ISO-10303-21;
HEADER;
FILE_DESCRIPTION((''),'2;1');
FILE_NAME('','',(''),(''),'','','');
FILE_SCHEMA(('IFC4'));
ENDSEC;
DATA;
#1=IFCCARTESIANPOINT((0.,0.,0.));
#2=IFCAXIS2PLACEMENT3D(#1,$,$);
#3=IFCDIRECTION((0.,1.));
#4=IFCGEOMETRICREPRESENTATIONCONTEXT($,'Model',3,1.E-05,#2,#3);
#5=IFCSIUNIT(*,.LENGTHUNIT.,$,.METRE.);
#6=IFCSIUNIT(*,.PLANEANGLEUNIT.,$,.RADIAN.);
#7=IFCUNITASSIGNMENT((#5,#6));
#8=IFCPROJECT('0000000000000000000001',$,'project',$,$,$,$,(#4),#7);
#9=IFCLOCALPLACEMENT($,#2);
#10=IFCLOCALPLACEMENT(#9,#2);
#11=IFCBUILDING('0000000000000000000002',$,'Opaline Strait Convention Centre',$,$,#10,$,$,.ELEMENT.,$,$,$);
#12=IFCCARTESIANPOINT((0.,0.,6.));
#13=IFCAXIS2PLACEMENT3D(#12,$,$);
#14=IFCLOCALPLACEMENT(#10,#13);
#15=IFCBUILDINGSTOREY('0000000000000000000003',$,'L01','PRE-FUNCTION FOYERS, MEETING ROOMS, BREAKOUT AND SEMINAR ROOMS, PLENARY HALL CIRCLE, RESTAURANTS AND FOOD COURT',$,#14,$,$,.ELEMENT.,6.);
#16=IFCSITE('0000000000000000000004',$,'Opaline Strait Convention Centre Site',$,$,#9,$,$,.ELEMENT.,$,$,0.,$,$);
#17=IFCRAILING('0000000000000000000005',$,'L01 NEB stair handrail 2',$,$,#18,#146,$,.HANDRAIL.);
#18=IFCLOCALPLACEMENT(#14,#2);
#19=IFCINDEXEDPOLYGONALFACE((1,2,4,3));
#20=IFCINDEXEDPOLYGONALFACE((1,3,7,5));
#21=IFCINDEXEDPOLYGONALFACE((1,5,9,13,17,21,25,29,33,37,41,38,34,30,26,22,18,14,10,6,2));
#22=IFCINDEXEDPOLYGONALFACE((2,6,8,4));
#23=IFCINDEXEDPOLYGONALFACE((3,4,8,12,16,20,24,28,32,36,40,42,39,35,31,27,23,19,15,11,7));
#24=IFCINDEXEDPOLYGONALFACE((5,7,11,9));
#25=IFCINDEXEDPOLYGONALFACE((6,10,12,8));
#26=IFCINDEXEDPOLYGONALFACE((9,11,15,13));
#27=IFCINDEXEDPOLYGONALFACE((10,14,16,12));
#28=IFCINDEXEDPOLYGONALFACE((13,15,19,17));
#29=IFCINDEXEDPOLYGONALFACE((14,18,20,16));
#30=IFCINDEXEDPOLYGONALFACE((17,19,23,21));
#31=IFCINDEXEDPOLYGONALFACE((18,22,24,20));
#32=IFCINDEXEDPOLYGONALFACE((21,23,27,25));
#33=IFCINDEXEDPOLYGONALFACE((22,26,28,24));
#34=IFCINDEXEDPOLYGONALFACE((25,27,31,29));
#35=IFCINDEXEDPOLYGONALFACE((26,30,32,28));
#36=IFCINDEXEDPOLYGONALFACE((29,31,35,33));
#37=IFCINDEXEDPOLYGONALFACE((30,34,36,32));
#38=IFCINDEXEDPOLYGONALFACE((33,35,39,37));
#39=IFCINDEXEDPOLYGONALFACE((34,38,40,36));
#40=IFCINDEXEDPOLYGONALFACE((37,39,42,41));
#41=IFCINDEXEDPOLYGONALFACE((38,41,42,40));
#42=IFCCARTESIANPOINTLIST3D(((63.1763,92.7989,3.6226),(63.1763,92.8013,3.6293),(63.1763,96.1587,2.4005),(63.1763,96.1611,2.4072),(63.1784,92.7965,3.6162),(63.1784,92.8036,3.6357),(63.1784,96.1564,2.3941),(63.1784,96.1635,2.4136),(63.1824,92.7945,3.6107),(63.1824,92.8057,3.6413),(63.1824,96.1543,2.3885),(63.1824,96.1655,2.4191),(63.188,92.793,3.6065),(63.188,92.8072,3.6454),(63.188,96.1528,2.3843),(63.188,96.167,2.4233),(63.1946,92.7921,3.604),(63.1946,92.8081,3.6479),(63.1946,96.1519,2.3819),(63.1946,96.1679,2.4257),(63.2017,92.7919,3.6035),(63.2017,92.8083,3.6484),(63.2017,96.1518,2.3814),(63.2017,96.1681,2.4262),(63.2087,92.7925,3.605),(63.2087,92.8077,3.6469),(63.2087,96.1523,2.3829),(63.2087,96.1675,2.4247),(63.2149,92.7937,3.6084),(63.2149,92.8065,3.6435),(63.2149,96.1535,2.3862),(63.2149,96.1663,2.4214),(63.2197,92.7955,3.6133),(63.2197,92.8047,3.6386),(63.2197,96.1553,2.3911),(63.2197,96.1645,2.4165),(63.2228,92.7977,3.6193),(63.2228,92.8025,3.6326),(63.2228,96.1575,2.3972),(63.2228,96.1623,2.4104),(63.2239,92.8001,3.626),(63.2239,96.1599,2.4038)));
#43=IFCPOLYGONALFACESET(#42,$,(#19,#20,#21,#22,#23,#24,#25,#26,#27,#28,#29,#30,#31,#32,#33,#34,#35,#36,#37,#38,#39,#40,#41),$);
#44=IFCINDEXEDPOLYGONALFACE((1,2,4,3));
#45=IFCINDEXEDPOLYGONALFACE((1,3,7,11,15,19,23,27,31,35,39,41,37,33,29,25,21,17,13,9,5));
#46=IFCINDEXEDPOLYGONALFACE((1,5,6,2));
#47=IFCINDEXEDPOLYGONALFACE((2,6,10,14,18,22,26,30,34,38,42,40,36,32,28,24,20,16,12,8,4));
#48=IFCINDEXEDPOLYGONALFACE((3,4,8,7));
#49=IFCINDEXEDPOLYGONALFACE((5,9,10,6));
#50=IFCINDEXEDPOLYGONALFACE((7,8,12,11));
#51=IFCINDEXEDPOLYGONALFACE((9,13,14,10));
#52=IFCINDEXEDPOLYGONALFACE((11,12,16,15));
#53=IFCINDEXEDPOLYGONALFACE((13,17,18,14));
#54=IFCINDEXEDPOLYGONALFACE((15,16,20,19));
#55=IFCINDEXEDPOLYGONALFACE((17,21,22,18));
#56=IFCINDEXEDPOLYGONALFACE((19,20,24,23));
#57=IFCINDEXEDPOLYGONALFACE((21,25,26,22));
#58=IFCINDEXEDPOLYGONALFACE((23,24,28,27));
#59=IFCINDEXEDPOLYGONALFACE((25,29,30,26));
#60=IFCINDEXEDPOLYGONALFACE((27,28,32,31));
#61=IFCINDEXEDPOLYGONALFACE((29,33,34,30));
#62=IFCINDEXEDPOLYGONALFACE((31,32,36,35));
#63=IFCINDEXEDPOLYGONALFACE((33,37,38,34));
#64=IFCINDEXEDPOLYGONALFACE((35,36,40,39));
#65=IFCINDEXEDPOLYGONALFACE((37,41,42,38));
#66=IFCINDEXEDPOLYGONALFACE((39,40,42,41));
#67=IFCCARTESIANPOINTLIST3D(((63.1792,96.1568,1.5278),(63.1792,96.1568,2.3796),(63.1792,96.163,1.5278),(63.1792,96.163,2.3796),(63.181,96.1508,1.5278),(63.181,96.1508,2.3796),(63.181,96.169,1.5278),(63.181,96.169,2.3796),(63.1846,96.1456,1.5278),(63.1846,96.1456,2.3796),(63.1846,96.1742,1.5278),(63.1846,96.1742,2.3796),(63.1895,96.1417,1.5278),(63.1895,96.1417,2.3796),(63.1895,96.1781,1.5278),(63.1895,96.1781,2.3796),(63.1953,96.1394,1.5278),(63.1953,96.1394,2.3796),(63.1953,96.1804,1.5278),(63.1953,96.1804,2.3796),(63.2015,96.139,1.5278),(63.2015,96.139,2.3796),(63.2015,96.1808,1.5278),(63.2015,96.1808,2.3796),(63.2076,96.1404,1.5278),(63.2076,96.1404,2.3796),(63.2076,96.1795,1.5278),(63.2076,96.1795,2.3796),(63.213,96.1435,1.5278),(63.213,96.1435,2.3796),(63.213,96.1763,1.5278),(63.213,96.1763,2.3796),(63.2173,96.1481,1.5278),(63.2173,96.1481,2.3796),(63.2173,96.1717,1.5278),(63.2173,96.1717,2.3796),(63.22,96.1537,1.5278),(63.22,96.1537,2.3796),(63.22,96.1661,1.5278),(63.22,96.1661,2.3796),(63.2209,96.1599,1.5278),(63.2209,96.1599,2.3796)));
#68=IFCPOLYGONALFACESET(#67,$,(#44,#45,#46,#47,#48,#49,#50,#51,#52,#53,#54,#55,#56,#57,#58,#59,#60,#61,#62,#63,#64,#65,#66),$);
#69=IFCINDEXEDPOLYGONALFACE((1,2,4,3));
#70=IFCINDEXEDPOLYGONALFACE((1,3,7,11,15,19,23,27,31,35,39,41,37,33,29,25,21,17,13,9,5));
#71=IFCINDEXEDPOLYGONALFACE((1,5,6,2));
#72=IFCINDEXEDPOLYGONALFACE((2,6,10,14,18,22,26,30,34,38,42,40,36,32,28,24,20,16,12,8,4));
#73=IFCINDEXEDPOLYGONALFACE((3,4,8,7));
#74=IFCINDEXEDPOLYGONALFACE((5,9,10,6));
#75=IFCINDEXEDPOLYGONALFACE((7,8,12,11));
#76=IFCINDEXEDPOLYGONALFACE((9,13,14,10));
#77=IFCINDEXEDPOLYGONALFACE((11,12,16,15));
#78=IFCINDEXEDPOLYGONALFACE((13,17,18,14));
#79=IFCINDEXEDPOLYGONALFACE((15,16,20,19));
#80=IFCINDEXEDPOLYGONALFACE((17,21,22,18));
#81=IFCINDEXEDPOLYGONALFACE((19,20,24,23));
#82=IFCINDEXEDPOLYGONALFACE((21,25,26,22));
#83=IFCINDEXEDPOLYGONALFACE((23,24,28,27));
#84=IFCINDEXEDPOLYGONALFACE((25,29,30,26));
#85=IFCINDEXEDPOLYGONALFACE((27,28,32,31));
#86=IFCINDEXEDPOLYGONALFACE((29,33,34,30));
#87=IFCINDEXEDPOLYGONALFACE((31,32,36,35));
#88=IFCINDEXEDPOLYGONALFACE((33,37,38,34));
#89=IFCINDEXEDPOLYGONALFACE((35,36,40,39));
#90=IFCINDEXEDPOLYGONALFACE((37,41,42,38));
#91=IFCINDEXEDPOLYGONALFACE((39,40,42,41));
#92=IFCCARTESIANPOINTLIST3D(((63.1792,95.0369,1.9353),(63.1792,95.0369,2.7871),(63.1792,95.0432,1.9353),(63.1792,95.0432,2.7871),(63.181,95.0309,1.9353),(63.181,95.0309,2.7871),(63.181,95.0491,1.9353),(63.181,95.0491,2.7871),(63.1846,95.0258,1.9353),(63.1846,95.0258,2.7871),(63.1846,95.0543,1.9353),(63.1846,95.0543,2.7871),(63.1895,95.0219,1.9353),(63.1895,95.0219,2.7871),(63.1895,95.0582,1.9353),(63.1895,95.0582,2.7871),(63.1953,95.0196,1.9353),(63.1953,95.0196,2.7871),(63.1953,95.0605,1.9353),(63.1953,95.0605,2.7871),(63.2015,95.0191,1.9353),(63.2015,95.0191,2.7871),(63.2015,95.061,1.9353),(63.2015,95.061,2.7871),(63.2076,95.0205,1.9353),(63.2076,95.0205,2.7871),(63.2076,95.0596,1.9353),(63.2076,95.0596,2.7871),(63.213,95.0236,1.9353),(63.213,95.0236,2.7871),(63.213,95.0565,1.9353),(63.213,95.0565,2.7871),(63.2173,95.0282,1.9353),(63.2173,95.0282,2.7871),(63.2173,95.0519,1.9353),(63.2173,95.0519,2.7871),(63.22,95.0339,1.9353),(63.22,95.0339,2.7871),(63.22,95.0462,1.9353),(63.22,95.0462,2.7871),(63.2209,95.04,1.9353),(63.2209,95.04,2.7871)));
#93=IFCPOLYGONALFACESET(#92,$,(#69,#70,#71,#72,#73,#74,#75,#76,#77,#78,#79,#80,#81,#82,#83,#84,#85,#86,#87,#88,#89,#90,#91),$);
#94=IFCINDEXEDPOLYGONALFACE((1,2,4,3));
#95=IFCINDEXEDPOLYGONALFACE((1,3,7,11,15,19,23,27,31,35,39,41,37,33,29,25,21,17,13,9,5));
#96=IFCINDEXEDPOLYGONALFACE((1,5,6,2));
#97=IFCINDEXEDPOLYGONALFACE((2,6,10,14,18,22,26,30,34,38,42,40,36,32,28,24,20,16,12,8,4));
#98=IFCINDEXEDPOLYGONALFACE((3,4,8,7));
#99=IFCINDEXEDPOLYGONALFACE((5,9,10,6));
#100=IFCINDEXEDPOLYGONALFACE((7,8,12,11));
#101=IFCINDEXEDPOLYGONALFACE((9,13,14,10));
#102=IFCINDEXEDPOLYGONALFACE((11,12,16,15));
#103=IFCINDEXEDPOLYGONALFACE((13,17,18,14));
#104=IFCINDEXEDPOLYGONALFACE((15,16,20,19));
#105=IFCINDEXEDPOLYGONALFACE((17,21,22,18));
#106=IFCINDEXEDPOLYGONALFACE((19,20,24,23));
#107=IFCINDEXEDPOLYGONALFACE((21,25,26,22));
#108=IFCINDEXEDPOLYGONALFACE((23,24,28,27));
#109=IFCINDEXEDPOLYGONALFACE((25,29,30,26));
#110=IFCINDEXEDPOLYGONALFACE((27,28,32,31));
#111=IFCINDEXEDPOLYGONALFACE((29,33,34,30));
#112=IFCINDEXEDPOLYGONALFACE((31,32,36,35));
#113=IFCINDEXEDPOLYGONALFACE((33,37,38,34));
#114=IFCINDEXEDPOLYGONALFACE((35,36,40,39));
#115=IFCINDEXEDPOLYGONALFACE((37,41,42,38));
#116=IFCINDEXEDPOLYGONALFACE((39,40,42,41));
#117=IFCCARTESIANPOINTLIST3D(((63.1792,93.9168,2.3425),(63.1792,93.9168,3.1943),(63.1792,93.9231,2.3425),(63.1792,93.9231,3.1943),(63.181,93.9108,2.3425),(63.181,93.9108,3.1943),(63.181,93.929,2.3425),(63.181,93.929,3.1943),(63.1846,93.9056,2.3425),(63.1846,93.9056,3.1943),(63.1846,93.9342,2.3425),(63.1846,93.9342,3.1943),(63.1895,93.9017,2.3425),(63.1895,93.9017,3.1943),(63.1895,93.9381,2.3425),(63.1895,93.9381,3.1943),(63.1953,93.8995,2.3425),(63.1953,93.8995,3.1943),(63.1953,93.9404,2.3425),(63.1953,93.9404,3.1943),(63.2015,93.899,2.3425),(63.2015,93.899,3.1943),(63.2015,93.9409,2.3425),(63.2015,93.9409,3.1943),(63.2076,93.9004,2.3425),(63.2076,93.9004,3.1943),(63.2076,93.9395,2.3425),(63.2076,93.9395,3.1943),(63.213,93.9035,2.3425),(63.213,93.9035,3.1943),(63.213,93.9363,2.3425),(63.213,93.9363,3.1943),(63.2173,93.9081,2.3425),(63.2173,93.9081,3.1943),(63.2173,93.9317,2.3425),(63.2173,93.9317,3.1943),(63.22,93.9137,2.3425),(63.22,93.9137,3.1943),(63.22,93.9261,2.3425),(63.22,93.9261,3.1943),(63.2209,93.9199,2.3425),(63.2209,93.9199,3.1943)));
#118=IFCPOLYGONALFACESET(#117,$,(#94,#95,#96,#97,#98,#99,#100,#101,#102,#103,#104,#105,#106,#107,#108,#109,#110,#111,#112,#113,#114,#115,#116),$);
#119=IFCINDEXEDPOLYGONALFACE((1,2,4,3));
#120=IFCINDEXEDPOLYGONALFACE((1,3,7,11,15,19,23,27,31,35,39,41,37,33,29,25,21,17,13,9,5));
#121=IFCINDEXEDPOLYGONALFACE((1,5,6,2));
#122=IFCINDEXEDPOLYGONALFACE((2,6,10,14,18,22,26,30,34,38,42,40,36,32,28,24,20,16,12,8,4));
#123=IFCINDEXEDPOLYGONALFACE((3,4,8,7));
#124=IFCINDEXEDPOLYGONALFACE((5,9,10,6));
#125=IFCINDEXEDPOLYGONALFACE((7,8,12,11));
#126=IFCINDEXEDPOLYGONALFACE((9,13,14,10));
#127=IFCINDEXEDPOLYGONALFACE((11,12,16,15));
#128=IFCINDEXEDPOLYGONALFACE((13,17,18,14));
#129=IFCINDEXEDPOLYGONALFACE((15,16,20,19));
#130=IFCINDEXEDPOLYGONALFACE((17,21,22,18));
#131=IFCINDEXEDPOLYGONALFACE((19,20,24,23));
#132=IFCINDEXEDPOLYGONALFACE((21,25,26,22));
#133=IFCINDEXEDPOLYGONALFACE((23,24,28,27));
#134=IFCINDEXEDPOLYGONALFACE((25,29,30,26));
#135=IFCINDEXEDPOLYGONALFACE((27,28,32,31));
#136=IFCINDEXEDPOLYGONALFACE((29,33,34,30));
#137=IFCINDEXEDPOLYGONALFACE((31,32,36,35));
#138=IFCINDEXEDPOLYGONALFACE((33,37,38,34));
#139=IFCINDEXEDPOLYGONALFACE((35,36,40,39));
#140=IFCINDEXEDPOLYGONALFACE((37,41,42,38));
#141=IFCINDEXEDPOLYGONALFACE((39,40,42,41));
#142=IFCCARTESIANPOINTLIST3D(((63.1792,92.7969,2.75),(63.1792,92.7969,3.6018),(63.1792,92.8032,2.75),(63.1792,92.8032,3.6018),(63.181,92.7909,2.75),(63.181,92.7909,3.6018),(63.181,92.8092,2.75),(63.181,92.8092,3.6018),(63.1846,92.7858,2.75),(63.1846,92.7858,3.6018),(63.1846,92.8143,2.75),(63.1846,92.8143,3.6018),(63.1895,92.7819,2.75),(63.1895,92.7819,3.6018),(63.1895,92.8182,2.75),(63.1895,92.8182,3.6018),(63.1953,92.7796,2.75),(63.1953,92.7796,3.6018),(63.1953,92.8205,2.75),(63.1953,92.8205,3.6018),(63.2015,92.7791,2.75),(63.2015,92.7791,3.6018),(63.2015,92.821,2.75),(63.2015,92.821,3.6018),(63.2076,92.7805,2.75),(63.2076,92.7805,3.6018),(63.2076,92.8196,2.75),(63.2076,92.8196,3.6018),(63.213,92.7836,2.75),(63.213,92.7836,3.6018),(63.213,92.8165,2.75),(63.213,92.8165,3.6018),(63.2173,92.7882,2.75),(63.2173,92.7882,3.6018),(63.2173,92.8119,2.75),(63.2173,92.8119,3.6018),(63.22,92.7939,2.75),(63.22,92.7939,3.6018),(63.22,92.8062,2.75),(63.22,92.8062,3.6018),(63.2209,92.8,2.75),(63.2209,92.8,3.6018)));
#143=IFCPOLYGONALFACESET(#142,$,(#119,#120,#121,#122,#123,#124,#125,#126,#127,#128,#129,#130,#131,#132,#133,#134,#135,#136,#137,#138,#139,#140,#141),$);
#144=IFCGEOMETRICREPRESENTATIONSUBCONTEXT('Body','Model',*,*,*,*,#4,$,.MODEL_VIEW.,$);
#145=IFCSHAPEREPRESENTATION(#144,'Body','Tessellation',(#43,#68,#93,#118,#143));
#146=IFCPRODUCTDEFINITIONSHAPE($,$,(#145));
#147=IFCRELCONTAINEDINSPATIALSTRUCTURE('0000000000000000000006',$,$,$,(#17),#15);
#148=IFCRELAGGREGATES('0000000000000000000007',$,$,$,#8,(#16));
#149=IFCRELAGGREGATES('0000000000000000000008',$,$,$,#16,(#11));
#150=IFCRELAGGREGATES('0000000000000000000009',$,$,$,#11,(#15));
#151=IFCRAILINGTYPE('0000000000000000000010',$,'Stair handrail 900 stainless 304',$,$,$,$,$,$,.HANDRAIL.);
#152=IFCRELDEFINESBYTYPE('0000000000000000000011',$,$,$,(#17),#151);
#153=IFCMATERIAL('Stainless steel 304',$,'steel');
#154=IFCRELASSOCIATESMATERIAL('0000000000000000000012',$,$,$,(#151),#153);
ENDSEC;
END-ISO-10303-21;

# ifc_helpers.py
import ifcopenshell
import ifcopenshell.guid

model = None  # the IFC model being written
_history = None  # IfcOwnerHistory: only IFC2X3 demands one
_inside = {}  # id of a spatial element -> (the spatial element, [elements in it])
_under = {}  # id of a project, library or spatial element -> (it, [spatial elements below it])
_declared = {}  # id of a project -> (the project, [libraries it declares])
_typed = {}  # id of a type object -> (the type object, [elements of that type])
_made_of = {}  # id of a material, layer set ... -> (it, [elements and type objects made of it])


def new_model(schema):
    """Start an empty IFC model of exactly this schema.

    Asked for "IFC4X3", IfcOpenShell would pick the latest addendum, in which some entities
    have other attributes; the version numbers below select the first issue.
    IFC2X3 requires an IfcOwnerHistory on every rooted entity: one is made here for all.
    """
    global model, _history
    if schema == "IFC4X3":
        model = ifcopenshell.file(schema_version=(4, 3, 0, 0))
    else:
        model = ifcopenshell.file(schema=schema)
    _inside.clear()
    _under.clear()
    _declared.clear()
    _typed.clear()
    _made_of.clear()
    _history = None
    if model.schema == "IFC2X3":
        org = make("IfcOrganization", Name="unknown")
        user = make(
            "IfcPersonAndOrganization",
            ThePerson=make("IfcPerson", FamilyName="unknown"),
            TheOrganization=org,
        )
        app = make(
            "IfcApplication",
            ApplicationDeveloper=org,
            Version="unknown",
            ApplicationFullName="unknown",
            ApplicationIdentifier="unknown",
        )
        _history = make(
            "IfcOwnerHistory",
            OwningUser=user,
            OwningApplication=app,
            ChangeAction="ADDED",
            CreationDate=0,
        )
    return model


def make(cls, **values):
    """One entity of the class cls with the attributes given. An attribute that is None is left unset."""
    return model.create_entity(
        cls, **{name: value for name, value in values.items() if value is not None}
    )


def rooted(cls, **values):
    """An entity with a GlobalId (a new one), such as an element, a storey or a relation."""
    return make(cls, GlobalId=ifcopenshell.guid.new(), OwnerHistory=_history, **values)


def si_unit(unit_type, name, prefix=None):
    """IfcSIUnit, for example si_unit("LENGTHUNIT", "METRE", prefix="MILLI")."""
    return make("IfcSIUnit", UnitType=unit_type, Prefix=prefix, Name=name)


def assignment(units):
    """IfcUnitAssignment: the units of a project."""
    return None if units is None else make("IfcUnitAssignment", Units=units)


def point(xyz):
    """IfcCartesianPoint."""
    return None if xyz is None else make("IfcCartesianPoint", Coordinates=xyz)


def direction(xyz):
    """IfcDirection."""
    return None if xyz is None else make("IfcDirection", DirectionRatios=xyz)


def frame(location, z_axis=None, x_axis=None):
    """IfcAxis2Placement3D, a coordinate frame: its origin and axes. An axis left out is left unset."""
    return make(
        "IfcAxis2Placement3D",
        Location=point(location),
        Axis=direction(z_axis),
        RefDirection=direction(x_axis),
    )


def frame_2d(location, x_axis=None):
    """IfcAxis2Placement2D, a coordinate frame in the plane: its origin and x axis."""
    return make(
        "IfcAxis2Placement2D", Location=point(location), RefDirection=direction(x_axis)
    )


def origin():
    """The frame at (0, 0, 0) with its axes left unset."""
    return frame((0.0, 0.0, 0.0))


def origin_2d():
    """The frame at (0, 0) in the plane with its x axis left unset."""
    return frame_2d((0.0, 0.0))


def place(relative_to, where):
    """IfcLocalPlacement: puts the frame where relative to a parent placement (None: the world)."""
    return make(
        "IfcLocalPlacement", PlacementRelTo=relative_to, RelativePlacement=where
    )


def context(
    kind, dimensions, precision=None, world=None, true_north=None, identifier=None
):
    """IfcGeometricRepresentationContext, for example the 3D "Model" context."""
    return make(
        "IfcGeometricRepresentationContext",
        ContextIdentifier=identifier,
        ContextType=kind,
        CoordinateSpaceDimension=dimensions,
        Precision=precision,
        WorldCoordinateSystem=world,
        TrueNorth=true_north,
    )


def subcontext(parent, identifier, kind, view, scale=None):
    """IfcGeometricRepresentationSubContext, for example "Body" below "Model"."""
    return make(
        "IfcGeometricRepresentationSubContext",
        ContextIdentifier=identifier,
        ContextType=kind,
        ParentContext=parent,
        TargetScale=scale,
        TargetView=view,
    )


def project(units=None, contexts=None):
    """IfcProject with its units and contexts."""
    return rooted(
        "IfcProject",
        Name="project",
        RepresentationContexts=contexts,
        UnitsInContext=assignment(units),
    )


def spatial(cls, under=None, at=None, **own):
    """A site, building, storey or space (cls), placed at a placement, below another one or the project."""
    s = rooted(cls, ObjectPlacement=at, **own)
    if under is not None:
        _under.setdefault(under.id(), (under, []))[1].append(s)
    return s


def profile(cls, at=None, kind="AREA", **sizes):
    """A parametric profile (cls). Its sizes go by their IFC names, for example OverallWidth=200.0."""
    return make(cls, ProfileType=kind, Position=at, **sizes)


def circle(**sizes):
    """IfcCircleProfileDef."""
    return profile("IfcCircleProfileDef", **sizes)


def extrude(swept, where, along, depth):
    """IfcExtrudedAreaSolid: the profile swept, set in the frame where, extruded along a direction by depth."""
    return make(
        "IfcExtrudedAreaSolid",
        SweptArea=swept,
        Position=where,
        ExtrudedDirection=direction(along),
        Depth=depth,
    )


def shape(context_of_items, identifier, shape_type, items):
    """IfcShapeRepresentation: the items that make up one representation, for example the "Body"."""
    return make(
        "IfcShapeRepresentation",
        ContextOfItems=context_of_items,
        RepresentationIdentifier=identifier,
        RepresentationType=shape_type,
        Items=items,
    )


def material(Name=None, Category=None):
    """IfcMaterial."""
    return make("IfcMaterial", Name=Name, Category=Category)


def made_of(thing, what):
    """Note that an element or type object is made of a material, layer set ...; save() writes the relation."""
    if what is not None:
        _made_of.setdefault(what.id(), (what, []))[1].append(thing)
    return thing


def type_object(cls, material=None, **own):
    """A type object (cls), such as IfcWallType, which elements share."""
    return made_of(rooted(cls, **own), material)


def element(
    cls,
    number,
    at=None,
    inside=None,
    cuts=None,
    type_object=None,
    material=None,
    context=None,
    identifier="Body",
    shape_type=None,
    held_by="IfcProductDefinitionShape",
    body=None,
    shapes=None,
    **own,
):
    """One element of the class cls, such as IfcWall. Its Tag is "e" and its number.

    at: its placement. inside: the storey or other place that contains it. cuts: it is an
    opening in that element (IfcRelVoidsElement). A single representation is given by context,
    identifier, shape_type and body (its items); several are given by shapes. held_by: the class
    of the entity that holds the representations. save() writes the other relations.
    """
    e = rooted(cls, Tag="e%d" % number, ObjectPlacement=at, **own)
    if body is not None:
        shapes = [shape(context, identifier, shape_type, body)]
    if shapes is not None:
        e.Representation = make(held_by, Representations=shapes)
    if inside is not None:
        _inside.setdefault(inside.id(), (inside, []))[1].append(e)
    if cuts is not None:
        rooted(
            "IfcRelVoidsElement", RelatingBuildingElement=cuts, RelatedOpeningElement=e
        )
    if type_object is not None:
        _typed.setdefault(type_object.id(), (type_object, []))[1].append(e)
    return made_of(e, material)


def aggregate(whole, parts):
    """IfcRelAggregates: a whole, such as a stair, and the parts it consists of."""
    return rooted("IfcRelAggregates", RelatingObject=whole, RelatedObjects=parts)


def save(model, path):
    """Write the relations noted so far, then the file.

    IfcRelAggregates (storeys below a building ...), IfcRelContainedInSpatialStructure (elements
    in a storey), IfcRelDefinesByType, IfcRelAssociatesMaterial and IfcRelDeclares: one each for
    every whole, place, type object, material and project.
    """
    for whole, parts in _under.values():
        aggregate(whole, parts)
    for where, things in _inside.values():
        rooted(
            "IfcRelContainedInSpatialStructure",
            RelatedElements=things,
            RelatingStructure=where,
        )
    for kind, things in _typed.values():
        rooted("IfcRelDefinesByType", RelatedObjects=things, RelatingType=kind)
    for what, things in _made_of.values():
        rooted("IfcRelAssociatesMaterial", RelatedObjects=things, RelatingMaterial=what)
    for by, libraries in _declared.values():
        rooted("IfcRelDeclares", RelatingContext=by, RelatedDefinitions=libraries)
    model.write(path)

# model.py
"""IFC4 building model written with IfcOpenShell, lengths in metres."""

from ifc_helpers import new_model, si_unit, direction, frame, origin, origin_2d, place, context, subcontext, project, spatial, circle, extrude, material, type_object, element, save


model = new_model("IFC4")

# Units and contexts
model_context = context("Model", 3, precision=1e-05, world=origin(), true_north=direction((0.0, 1.0)))
body_context = subcontext(model_context, "Body", "Model", "MODEL_VIEW")
ifc_project = project(units=[si_unit("LENGTHUNIT", "METRE"), si_unit("PLANEANGLEUNIT", "RADIAN")], contexts=[model_context])

# Site, building, storey
site_placement = place(None, origin())
site = spatial("IfcSite", under=ifc_project, at=site_placement, Name="Opaline Strait Convention Centre Site", CompositionType="ELEMENT", RefElevation=0.0)
building_placement = place(site_placement, origin())
building = spatial("IfcBuilding", under=site, at=building_placement, Name="Opaline Strait Convention Centre", CompositionType="ELEMENT")
storey_placement = place(building_placement, frame((0.0, 0.0, 6.0)))
storey = spatial("IfcBuildingStorey", under=building, at=storey_placement, Name="L01", Description="PRE-FUNCTION FOYERS, MEETING ROOMS, BREAKOUT AND SEMINAR ROOMS, PLENARY HALL CIRCLE, RESTAURANTS AND FOOD COURT", CompositionType="ELEMENT", Elevation=6.0)

# Railing
ifc_material_1 = material(Name="Stainless steel 304", Category="steel")
railing_type_1 = type_object("IfcRailingType", Name="Stair handrail 900 stainless 304", PredefinedType="HANDRAIL", material=ifc_material_1)
railing_1_placement = place(storey_placement, frame((63.2, 96.1599, 1.5278)))
element("IfcRailing", 1, at=railing_1_placement, inside=storey, type_object=railing_type_1, Name="L01 NEB stair handrail 2", PredefinedType="HANDRAIL", context=body_context, shape_type="SweptSolid", body=[
    extrude(circle(Radius=0.0239, at=origin_2d()), frame((0.0, 0.0, 0.876), z_axis=(0.0, -0.939758, 0.341842), x_axis=(1.0, 0.0, 0.0)), (0.0, 0.0, 1.0), 3.5752),
    extrude(circle(Radius=0.021, at=origin_2d()), origin(), (0.0, 0.0, 1.0), 0.8518),
    extrude(circle(Radius=0.021, at=origin_2d()), frame((0.0, -1.1199, 0.4075)), (0.0, 0.0, 1.0), 0.8518),
    extrude(circle(Radius=0.021, at=origin_2d()), frame((0.0, -2.24, 0.8147)), (0.0, 0.0, 1.0), 0.8518),
    extrude(circle(Radius=0.021, at=origin_2d()), frame((0.0, -3.3599, 1.2222)), (0.0, 0.0, 1.0), 0.8518),
])

save(model, "model.ifc")
